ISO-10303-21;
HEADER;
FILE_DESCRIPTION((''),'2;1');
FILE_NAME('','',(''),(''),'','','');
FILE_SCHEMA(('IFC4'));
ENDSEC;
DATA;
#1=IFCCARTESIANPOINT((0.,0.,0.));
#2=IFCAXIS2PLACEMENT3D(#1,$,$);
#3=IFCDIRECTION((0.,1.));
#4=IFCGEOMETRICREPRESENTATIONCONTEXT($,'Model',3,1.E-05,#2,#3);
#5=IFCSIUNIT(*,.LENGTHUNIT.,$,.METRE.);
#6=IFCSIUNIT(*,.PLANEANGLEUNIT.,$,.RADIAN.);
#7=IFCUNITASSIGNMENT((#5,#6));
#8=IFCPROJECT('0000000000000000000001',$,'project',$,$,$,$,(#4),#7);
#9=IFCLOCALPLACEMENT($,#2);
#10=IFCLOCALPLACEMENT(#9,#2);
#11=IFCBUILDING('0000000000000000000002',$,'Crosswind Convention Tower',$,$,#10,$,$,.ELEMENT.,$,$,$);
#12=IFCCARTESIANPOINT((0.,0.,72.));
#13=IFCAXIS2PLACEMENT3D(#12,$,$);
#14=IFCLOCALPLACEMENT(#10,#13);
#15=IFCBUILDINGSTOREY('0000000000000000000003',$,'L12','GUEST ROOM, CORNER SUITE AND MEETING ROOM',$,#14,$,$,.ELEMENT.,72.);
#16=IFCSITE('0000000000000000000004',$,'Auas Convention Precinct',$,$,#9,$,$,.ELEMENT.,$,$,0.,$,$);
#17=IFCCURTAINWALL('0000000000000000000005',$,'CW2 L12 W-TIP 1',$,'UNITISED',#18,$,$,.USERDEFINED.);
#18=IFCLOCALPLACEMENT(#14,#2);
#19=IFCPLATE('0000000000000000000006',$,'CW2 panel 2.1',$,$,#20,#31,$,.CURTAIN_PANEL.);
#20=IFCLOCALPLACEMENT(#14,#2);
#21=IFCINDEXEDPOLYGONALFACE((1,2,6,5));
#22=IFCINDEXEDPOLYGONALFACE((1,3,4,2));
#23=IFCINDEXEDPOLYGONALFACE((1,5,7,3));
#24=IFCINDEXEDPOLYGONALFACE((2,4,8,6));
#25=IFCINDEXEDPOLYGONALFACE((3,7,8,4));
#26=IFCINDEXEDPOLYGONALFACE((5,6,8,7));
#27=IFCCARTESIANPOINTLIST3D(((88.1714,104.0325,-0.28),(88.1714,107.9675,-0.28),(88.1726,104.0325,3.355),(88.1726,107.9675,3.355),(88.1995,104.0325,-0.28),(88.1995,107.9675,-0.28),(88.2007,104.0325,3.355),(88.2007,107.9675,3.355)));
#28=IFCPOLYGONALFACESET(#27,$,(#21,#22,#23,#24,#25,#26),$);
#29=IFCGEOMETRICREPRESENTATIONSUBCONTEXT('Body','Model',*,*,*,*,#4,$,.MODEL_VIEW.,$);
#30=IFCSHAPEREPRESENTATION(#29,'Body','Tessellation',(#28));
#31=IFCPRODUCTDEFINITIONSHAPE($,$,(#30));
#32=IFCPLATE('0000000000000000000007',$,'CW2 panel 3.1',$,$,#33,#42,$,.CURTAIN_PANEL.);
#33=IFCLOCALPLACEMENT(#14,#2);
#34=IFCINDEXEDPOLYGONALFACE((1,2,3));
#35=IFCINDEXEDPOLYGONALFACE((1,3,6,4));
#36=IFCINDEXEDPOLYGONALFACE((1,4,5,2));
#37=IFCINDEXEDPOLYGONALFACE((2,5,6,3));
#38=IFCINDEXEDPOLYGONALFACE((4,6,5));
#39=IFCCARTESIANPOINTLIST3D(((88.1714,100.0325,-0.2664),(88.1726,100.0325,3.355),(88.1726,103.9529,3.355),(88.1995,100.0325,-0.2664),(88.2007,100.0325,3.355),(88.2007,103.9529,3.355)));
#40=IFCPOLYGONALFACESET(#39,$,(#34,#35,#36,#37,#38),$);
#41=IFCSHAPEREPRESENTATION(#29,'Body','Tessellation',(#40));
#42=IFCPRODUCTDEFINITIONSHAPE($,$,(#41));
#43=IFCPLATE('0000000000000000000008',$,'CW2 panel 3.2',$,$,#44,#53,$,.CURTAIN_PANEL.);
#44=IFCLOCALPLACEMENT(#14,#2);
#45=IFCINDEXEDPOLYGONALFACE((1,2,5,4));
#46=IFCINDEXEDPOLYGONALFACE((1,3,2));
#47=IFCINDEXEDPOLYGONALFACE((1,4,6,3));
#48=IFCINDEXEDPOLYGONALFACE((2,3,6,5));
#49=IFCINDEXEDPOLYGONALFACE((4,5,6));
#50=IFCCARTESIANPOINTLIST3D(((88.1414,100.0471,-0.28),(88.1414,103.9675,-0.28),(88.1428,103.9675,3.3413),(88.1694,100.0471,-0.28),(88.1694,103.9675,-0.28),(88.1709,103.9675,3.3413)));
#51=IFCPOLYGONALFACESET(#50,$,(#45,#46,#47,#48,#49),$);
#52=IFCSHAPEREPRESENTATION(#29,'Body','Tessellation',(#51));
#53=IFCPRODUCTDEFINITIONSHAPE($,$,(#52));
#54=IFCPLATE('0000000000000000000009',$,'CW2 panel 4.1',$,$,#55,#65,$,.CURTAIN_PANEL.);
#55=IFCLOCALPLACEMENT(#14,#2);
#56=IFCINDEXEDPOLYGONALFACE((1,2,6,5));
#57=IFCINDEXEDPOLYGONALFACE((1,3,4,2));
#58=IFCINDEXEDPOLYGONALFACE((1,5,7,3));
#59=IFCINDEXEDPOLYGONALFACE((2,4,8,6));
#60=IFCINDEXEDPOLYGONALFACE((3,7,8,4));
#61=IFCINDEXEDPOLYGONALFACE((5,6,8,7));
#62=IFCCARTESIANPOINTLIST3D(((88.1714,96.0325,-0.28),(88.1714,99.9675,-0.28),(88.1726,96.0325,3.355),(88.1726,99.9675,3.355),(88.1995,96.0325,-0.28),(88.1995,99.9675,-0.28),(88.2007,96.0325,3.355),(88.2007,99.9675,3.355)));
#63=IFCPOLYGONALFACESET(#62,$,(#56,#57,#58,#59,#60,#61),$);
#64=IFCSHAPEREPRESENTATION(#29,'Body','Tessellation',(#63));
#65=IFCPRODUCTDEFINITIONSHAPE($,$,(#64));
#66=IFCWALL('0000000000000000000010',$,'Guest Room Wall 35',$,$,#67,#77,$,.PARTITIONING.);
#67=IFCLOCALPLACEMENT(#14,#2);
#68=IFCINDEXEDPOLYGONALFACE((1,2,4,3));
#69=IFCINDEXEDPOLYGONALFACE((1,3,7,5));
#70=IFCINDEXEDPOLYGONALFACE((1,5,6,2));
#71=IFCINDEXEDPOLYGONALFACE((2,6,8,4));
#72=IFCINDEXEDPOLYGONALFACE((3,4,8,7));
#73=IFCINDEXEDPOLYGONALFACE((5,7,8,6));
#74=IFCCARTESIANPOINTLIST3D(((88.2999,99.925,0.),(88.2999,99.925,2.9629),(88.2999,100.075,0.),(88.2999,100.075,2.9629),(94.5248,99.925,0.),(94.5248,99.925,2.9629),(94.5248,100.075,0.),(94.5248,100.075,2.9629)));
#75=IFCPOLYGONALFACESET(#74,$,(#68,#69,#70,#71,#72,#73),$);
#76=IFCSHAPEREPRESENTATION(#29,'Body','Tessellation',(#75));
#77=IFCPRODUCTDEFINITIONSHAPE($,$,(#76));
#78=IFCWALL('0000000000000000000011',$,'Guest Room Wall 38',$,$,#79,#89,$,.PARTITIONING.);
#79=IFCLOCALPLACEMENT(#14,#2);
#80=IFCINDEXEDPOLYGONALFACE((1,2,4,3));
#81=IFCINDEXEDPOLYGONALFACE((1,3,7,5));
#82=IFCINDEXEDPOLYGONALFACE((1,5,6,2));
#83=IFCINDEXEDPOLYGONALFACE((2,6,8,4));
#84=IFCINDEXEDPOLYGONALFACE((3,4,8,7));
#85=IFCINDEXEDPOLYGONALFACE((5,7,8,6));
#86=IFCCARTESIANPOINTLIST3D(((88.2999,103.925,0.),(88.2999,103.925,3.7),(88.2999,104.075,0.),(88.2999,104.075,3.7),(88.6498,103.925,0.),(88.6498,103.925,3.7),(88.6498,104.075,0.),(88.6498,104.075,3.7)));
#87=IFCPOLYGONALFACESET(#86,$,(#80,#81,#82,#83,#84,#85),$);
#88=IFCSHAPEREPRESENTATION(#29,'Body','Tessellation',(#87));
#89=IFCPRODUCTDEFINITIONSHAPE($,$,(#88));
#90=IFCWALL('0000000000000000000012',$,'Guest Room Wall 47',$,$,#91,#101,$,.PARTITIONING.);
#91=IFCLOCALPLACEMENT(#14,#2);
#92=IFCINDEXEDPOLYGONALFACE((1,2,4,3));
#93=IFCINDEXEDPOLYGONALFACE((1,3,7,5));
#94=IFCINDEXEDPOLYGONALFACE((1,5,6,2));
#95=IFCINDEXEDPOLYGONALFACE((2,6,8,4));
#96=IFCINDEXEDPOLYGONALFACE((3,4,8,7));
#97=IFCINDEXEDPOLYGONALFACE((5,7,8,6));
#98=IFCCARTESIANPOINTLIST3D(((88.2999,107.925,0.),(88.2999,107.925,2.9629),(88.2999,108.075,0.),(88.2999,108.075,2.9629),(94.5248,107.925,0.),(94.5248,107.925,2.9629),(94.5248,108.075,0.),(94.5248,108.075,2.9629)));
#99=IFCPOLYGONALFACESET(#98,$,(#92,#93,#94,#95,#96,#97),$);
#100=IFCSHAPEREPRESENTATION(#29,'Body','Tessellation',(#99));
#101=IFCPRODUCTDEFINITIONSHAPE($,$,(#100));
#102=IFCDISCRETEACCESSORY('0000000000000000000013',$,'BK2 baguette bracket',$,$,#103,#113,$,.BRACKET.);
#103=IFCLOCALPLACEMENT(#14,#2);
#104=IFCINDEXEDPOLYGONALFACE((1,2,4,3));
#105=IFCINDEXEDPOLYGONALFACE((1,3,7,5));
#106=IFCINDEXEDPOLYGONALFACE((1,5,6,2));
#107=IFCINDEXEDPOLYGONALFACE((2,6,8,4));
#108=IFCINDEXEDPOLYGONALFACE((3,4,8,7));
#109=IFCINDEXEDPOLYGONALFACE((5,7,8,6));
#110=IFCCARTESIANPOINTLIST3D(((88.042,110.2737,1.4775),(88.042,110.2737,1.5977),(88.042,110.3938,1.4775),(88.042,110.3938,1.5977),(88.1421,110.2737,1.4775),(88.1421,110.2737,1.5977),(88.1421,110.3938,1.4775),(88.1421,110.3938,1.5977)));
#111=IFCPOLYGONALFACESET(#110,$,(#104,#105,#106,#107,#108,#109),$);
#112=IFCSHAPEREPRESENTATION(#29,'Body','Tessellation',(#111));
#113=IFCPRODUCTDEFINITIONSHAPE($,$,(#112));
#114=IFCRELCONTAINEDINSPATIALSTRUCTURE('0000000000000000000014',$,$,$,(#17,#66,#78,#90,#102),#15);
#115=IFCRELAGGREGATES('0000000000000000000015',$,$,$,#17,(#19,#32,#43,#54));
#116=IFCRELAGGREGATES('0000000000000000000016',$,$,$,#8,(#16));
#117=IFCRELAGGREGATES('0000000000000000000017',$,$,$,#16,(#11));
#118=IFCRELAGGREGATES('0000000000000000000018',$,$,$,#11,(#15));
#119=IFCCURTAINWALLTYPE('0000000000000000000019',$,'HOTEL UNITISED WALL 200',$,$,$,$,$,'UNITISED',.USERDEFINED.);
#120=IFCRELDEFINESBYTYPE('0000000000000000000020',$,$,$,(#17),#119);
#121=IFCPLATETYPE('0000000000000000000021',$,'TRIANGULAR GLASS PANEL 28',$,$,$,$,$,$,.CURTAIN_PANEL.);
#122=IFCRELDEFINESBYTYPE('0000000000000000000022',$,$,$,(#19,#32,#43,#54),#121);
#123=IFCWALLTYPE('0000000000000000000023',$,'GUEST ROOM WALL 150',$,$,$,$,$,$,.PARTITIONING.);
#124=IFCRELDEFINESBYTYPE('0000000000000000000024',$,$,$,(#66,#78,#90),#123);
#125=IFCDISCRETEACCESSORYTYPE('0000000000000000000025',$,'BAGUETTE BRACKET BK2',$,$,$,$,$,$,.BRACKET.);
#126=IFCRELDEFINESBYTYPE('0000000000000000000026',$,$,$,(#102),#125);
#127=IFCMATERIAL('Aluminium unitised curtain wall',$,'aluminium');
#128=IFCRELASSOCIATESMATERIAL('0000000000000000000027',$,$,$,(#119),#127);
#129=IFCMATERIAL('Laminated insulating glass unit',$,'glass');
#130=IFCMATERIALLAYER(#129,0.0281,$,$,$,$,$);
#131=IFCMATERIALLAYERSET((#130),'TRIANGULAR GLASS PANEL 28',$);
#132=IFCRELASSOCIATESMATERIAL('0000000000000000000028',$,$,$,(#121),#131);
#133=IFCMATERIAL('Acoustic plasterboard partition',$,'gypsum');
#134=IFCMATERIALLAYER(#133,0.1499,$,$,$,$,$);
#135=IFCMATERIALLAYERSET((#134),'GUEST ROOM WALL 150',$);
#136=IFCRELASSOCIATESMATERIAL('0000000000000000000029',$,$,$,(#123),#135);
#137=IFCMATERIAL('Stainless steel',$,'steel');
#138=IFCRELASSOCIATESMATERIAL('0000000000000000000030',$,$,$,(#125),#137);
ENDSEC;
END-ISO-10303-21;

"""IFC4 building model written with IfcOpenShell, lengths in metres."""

from ifc_helpers import new_model, si_unit, direction, frame, frame_2d, origin, origin_2d, place, context, subcontext, project, spatial, polyline, rectangle, outline, extrude, material, layer, layer_set, type_object, element, aggregate, save


model = new_model("IFC4")

# Units and contexts
model_context = context("Model", 3, precision=1e-05, world=origin(), true_north=direction((0.0, 1.0)))
body_context = subcontext(model_context, "Body", "Model", "MODEL_VIEW")
ifc_project = project(units=[si_unit("LENGTHUNIT", "METRE"), si_unit("PLANEANGLEUNIT", "RADIAN")], contexts=[model_context])

# Site, building, storey
site_placement = place(None, origin())
site = spatial("IfcSite", under=ifc_project, at=site_placement, Name="Auas Convention Precinct", CompositionType="ELEMENT", RefElevation=0.0)
building_placement = place(site_placement, origin())
building = spatial("IfcBuilding", under=site, at=building_placement, Name="Crosswind Convention Tower", CompositionType="ELEMENT")
storey_placement = place(building_placement, frame((0.0, 0.0, 72.0)))
storey = spatial("IfcBuildingStorey", under=building, at=storey_placement, Name="L12", Description="GUEST ROOM, CORNER SUITE AND MEETING ROOM", CompositionType="ELEMENT", Elevation=72.0)

# Curtain wall
ifc_material_1 = material(Name="Aluminium unitised curtain wall", Category="aluminium")
curtain_wall_type = type_object("IfcCurtainWallType", Name="HOTEL UNITISED WALL 200", ElementType="UNITISED", PredefinedType="USERDEFINED", material=ifc_material_1)
curtain_wall_placement = place(storey_placement, origin())
curtain_wall = element("IfcCurtainWall", 1, at=curtain_wall_placement, inside=storey, type_object=curtain_wall_type, Name="CW2 L12 W-TIP 1", ObjectType="UNITISED", PredefinedType="USERDEFINED")

# Plates
ifc_material_2 = material(Name="Laminated insulating glass unit", Category="glass")
ifc_layer_1 = layer(ifc_material_2, 0.0281)
ifc_layer_set_1 = layer_set([ifc_layer_1], Name="TRIANGULAR GLASS PANEL 28")
plate_type = type_object("IfcPlateType", Name="TRIANGULAR GLASS PANEL 28", PredefinedType="CURTAIN_PANEL", material=ifc_layer_set_1)
plate_1_placement = place(storey_placement, frame((88.1714, 107.9675, -0.28), z_axis=(-1.0, 0.0, 0.000336), x_axis=(0.0, -1.0, 0.0)))
plate_1 = element("IfcPlate", 2, at=plate_1_placement, type_object=plate_type, Name="CW2 panel 2.1", PredefinedType="CURTAIN_PANEL", context=body_context, shape_type="SweptSolid", body=[
    extrude(outline(polyline([(0.0, 0.0), (3.9351, 0.0), (3.9351, 3.635), (0.0, 3.635), (0.0, 0.0)])), origin(), (0.0, 0.0, -1.0), 0.0281),
])
plate_2_placement = place(storey_placement, frame((88.1726, 100.0325, 3.355), z_axis=(-1.0, 0.0, 0.000337), x_axis=(0.0, 1.0, 0.0)))
plate_2 = element("IfcPlate", 3, at=plate_2_placement, type_object=plate_type, Name="CW2 panel 3.1", PredefinedType="CURTAIN_PANEL", context=body_context, shape_type="SweptSolid", body=[
    extrude(outline(polyline([(0.0, 0.0), (3.9204, 0.0), (0.0, 3.6213), (0.0, 0.0)])), origin(), (0.0, 0.0, -1.0), 0.0281),
])
plate_3_placement = place(storey_placement, frame((88.1414, 103.9675, -0.28), z_axis=(-1.0, 0.0, 0.000405), x_axis=(0.0, -1.0, 0.0)))
plate_3 = element("IfcPlate", 4, at=plate_3_placement, type_object=plate_type, Name="CW2 panel 3.2", PredefinedType="CURTAIN_PANEL", context=body_context, shape_type="SweptSolid", body=[
    extrude(outline(polyline([(0.0, 0.0), (3.9204, 0.0), (0.0, 3.6213), (0.0, 0.0)])), origin(), (0.0, 0.0, -1.0), 0.0281),
])
plate_4_placement = place(storey_placement, frame((88.1714, 99.9675, -0.28), z_axis=(-1.0, 0.0, 0.000336), x_axis=(0.0, -1.0, 0.0)))
plate_4 = element("IfcPlate", 5, at=plate_4_placement, type_object=plate_type, Name="CW2 panel 4.1", PredefinedType="CURTAIN_PANEL", context=body_context, shape_type="SweptSolid", body=[
    extrude(outline(polyline([(0.0, 0.0), (3.9351, 0.0), (3.9351, 3.635), (0.0, 3.635), (0.0, 0.0)])), origin(), (0.0, 0.0, -1.0), 0.0281),
])
aggregate(curtain_wall, [plate_1, plate_2, plate_3, plate_4])

# Walls
ifc_material_3 = material(Name="Acoustic plasterboard partition", Category="gypsum")
ifc_layer_2 = layer(ifc_material_3, 0.1499)
ifc_layer_set_2 = layer_set([ifc_layer_2], Name="GUEST ROOM WALL 150")
wall_type = type_object("IfcWallType", Name="GUEST ROOM WALL 150", PredefinedType="PARTITIONING", material=ifc_layer_set_2)
wall_1_placement = place(storey_placement, frame((88.3, 100.0, 0.0), z_axis=(0.0, 0.0, 1.0), x_axis=(1.0, 0.0, 0.0)))
element("IfcWall", 6, at=wall_1_placement, inside=storey, type_object=wall_type, Name="Guest Room Wall 35", PredefinedType="PARTITIONING", context=body_context, shape_type="SweptSolid", body=[
    extrude(rectangle(XDim=6.2249, YDim=0.1499, at=frame_2d((3.1123, 0.0))), origin(), (0.0, 0.0, 1.0), 2.9629),
])
wall_2_placement = place(storey_placement, frame((88.3, 104.0, 0.0), z_axis=(0.0, 0.0, 1.0), x_axis=(1.0, 0.0, 0.0)))
element("IfcWall", 7, at=wall_2_placement, inside=storey, type_object=wall_type, Name="Guest Room Wall 38", PredefinedType="PARTITIONING", context=body_context, shape_type="SweptSolid", body=[
    extrude(rectangle(XDim=0.3499, YDim=0.1499, at=frame_2d((0.1748, 0.0))), origin(), (0.0, 0.0, 1.0), 3.7),
])
wall_3_placement = place(storey_placement, frame((88.3, 108.0, 0.0), z_axis=(0.0, 0.0, 1.0), x_axis=(1.0, 0.0, 0.0)))
element("IfcWall", 8, at=wall_3_placement, inside=storey, type_object=wall_type, Name="Guest Room Wall 47", PredefinedType="PARTITIONING", context=body_context, shape_type="SweptSolid", body=[
    extrude(rectangle(XDim=6.2249, YDim=0.1499, at=frame_2d((3.1123, 0.0))), origin(), (0.0, 0.0, 1.0), 2.9629),
])

# Discrete accessory
ifc_material_4 = material(Name="Stainless steel", Category="steel")
discrete_accessory_type = type_object("IfcDiscreteAccessoryType", Name="BAGUETTE BRACKET BK2", PredefinedType="BRACKET", material=ifc_material_4)
discrete_accessory_placement = place(storey_placement, frame((88.092, 110.3337, 1.4775), z_axis=(0.0, 0.0, 1.0), x_axis=(0.0, -1.0, 0.0)))
element("IfcDiscreteAccessory", 9, at=discrete_accessory_placement, inside=storey, type_object=discrete_accessory_type, Name="BK2 baguette bracket", PredefinedType="BRACKET", context=body_context, shape_type="SweptSolid", body=[
    extrude(rectangle(XDim=0.1201, YDim=0.1001, at=origin_2d()), origin(), (0.0, 0.0, 1.0), 0.1201),
])

save(model, "model.ifc")
